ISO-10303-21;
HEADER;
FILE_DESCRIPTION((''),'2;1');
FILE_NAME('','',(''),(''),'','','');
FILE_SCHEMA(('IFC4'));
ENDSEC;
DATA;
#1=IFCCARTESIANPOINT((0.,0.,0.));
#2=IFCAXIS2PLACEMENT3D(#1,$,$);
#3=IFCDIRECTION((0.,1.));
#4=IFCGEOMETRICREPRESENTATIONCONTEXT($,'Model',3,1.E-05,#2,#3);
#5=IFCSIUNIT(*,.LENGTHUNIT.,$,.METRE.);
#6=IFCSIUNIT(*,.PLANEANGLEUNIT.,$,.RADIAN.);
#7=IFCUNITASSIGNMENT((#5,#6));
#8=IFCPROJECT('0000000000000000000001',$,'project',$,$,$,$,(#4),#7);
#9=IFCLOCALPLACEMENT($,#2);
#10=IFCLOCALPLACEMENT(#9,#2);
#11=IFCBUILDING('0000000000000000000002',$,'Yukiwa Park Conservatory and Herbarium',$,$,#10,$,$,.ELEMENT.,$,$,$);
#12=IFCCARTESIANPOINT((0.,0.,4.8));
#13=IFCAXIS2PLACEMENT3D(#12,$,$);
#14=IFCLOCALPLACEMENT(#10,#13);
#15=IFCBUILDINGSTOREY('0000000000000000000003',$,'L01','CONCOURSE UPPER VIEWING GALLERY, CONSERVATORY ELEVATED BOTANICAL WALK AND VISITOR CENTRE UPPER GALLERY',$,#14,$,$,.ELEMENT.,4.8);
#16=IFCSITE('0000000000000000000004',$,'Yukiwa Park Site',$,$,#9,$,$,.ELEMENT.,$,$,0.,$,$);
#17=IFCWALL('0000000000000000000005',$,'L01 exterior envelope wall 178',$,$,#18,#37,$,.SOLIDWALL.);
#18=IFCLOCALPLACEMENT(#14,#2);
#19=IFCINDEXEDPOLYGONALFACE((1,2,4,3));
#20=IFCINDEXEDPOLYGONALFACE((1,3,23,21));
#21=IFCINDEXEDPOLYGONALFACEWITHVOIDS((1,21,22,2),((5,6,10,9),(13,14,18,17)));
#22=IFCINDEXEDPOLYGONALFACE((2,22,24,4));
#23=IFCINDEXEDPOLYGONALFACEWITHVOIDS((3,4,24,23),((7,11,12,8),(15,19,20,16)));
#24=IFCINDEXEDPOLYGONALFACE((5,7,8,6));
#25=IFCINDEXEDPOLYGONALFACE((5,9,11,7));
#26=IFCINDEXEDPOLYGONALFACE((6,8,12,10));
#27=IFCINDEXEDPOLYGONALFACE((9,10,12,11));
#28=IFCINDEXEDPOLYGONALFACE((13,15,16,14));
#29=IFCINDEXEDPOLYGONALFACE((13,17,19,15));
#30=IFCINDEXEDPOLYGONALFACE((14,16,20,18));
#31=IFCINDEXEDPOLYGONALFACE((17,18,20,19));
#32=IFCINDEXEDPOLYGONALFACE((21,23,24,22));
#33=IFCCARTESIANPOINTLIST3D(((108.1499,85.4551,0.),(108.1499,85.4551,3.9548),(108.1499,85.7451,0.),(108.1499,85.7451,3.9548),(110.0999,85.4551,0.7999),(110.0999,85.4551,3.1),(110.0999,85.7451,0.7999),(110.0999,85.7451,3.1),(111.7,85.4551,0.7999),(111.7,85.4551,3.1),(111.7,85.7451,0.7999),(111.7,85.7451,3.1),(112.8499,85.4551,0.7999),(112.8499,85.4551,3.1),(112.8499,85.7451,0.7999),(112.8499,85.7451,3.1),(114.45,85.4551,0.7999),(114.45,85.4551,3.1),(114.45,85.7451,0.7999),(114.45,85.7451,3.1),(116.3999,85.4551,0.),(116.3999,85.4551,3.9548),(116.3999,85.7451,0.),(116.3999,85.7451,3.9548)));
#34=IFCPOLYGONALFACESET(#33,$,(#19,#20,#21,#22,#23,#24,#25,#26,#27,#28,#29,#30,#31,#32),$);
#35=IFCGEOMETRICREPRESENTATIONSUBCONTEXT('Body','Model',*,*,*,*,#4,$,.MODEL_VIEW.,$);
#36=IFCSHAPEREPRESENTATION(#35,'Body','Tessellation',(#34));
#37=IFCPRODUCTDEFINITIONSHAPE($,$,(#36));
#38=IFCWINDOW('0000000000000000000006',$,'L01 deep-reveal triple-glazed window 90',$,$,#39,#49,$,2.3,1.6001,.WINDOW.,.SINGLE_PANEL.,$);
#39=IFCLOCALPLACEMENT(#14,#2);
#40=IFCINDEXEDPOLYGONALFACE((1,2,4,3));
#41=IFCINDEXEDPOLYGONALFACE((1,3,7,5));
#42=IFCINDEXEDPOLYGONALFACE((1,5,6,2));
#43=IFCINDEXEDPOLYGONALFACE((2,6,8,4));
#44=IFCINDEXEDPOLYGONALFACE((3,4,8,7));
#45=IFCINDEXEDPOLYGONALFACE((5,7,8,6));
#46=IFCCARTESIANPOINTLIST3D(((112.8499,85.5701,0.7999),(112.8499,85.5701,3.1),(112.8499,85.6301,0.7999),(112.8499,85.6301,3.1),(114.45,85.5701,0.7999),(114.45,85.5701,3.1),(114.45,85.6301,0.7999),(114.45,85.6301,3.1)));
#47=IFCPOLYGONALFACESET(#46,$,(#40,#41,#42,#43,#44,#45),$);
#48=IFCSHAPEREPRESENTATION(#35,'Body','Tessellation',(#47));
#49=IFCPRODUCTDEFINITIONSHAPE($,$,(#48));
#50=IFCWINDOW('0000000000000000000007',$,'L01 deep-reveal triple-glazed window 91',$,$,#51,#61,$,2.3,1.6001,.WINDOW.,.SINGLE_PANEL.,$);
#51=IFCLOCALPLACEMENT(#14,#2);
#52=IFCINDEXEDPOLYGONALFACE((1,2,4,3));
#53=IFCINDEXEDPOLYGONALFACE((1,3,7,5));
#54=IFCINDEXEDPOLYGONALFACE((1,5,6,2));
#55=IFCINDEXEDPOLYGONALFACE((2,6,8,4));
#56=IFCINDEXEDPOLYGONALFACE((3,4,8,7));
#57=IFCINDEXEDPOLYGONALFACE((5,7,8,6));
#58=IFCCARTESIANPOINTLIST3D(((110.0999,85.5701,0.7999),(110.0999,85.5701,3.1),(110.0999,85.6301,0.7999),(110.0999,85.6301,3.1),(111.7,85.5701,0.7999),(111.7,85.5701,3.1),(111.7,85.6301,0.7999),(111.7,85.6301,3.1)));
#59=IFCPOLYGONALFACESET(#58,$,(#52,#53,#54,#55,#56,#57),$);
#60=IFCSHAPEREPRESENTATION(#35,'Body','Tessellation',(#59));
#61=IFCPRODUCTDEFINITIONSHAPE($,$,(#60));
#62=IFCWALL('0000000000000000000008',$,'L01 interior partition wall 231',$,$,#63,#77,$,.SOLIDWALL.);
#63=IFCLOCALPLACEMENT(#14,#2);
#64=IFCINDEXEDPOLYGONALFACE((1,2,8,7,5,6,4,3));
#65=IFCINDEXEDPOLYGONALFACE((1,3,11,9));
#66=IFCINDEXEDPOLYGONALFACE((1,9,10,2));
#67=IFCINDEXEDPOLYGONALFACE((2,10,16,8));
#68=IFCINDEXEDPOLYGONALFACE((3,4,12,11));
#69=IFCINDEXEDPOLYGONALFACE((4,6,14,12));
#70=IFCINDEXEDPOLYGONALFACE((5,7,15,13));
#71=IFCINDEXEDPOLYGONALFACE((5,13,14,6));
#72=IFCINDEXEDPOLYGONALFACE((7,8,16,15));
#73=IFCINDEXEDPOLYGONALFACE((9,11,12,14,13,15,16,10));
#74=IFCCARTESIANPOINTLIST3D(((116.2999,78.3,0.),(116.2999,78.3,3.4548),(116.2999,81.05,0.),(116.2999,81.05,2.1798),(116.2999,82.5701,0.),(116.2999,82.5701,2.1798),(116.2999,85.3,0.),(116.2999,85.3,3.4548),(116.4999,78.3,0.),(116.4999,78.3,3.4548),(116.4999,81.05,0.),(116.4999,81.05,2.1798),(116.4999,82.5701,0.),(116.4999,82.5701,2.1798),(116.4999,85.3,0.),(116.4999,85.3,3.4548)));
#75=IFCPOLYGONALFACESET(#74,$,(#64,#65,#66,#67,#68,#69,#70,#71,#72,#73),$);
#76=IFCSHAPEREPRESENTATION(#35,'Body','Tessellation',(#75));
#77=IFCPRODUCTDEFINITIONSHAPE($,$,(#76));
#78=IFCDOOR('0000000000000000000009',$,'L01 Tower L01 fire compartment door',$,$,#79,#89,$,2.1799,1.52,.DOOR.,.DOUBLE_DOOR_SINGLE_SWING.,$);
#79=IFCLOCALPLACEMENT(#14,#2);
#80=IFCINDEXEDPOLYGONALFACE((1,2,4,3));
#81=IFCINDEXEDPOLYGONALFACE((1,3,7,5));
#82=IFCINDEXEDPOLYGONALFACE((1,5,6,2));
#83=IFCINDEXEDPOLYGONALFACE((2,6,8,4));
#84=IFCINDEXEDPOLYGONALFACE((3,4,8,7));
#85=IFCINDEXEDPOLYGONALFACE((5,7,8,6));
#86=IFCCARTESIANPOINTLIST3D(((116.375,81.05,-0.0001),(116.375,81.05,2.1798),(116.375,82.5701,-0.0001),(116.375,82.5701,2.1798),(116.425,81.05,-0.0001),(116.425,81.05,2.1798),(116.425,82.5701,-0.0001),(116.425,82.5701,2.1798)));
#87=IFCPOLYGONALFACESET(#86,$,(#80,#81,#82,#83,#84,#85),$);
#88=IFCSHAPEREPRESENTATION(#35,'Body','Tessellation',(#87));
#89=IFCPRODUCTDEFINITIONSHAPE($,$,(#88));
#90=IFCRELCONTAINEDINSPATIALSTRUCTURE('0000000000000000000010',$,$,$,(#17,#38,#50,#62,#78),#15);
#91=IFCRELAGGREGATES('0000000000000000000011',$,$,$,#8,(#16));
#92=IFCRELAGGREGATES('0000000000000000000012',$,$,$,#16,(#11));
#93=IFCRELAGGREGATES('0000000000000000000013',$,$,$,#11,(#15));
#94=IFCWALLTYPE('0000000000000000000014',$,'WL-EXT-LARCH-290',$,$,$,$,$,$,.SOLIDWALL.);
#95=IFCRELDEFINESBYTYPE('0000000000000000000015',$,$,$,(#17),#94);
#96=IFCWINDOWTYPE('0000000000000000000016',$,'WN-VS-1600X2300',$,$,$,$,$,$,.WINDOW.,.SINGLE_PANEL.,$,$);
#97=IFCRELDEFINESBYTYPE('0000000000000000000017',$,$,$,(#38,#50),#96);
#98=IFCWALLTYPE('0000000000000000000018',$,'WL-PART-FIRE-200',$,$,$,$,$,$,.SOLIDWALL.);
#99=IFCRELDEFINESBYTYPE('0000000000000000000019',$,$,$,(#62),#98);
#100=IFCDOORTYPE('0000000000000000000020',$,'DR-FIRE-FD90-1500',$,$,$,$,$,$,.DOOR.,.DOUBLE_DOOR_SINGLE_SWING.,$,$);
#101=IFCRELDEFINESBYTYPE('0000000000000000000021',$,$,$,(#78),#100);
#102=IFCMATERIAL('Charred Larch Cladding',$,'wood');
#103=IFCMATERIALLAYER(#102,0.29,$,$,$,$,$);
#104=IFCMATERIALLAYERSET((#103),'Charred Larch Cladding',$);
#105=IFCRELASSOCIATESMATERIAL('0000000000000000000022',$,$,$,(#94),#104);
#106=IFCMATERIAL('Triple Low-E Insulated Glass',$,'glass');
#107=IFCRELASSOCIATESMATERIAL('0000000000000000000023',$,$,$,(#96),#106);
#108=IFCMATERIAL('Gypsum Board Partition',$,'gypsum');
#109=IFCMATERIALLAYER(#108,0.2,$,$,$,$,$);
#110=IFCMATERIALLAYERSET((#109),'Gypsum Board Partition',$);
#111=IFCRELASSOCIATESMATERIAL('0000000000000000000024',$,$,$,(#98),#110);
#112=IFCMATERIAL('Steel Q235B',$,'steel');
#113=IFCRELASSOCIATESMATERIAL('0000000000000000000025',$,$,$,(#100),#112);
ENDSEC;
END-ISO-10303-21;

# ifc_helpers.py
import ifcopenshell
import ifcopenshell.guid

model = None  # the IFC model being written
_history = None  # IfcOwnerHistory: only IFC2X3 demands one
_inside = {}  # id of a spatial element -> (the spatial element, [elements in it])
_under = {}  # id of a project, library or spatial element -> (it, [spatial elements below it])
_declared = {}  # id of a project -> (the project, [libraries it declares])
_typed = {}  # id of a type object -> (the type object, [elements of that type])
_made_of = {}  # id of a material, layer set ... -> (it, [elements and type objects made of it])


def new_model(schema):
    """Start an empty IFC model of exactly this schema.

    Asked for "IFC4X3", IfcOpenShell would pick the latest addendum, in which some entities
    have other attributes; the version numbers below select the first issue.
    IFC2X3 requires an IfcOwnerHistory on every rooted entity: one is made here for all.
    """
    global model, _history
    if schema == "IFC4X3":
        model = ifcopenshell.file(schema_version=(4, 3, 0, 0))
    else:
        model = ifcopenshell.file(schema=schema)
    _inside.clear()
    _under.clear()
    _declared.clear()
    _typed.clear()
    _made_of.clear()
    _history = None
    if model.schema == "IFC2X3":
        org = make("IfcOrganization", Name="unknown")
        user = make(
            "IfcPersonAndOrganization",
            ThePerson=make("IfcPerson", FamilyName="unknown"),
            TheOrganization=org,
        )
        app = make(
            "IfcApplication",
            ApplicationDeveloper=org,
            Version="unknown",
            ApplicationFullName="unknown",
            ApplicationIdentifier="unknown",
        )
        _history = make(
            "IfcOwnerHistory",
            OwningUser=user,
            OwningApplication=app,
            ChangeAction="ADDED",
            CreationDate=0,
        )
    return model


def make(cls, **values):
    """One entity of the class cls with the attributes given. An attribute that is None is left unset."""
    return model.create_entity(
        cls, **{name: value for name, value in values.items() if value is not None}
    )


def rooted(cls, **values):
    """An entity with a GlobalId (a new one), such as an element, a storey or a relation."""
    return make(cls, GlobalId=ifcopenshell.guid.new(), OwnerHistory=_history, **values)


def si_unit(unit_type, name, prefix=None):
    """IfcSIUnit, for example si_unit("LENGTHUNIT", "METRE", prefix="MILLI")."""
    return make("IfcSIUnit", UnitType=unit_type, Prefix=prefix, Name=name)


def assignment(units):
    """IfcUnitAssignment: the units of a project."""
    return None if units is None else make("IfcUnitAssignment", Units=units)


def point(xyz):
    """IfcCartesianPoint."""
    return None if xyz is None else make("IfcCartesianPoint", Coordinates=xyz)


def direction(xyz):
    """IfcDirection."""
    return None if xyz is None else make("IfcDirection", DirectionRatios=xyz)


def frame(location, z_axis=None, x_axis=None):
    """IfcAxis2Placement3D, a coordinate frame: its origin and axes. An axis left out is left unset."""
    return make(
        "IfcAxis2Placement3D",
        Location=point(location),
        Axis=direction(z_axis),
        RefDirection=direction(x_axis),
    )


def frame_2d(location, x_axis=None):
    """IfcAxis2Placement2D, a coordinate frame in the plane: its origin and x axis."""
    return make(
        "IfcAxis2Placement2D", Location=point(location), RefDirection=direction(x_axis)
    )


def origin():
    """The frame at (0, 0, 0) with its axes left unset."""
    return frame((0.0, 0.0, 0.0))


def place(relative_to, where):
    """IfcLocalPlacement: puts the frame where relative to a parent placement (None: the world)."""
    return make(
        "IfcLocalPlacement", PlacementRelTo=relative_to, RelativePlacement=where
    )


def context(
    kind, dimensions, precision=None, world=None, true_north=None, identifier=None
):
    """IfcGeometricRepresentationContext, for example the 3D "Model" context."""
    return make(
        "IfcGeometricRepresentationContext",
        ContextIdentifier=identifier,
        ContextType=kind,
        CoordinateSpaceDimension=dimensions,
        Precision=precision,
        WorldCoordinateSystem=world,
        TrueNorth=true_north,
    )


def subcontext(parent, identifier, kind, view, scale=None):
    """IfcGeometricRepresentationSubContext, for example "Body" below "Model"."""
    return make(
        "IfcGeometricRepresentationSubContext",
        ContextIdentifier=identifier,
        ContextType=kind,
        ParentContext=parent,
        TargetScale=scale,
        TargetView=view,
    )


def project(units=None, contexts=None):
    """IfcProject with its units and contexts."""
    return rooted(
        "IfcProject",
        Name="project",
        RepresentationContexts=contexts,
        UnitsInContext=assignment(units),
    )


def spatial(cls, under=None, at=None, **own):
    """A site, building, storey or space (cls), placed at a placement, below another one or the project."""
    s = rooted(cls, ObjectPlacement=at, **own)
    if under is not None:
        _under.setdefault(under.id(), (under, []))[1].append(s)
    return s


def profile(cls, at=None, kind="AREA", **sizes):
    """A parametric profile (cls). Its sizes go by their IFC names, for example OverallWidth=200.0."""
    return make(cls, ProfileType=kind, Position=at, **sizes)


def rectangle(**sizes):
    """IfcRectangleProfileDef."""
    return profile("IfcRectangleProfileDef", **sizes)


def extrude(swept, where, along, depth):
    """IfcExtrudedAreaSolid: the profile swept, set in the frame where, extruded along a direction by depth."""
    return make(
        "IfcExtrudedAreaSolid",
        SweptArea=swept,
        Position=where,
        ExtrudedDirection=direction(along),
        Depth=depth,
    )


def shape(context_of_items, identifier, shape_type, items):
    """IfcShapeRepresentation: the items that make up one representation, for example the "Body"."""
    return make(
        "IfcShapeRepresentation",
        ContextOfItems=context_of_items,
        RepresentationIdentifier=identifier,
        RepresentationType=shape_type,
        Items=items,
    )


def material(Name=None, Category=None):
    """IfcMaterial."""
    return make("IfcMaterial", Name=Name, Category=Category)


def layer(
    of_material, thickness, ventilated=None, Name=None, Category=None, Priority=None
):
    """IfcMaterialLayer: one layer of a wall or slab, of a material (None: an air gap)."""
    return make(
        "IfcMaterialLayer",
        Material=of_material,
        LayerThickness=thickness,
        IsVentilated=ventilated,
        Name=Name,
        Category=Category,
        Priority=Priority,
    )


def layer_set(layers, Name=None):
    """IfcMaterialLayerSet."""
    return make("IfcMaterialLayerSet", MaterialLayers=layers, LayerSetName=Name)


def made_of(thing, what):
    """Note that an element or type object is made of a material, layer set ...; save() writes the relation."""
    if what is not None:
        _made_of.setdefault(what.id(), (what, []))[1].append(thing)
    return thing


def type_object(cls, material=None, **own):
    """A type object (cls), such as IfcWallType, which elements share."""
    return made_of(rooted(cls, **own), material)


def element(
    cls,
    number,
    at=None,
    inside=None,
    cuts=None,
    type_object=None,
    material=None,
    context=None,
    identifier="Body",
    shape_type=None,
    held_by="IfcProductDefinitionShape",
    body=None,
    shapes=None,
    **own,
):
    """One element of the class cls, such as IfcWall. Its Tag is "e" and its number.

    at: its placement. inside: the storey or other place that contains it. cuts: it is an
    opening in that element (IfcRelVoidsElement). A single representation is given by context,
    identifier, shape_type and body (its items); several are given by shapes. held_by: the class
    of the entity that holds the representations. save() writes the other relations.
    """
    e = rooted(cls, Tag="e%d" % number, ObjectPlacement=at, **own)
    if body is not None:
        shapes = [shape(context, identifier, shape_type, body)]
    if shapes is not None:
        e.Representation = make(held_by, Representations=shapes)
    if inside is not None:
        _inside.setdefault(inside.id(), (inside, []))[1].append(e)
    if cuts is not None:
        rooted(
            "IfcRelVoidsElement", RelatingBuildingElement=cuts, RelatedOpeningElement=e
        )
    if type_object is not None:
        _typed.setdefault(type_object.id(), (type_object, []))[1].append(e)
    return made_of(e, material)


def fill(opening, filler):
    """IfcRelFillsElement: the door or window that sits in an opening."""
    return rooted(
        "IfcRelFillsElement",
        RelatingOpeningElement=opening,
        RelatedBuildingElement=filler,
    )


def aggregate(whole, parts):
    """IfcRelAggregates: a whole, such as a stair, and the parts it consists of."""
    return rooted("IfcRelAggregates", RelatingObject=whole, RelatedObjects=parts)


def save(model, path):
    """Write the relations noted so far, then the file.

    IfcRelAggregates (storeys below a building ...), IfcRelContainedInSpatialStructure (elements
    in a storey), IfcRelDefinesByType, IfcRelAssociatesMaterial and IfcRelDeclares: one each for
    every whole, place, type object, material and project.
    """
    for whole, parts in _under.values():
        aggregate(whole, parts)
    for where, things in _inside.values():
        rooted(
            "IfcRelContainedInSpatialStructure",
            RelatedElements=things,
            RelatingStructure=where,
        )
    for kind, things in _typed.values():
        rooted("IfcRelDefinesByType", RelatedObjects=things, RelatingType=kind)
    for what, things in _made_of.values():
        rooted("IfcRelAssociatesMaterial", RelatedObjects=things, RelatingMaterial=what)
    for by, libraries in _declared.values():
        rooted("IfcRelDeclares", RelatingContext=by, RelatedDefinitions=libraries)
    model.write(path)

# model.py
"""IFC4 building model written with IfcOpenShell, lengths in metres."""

from ifc_helpers import new_model, si_unit, direction, frame, frame_2d, origin, place, context, subcontext, project, spatial, rectangle, extrude, material, layer, layer_set, type_object, element, fill, save


model = new_model("IFC4")

# Units and contexts
model_context = context("Model", 3, precision=1e-05, world=origin(), true_north=direction((0.0, 1.0)))
body_context = subcontext(model_context, "Body", "Model", "MODEL_VIEW")
ifc_project = project(units=[si_unit("LENGTHUNIT", "METRE"), si_unit("PLANEANGLEUNIT", "RADIAN")], contexts=[model_context])

# Site, building, storey
site_placement = place(None, origin())
site = spatial("IfcSite", under=ifc_project, at=site_placement, Name="Yukiwa Park Site", CompositionType="ELEMENT", RefElevation=0.0)
building_placement = place(site_placement, origin())
building = spatial("IfcBuilding", under=site, at=building_placement, Name="Yukiwa Park Conservatory and Herbarium", CompositionType="ELEMENT")
storey_placement = place(building_placement, frame((0.0, 0.0, 4.8)))
storey = spatial("IfcBuildingStorey", under=building, at=storey_placement, Name="L01", Description="CONCOURSE UPPER VIEWING GALLERY, CONSERVATORY ELEVATED BOTANICAL WALK AND VISITOR CENTRE UPPER GALLERY", CompositionType="ELEMENT", Elevation=4.8)

# Wall, openings, windows
ifc_material_1 = material(Name="Charred Larch Cladding", Category="wood")
ifc_layer_1 = layer(ifc_material_1, 0.29)
ifc_layer_set_1 = layer_set([ifc_layer_1], Name="Charred Larch Cladding")
wall_type_1 = type_object("IfcWallType", Name="WL-EXT-LARCH-290", PredefinedType="SOLIDWALL", material=ifc_layer_set_1)
wall_1_placement = place(storey_placement, frame((116.3999, 85.6001, 0.0), z_axis=(0.0, 0.0, 1.0), x_axis=(-1.0, 0.0, 0.0)))
wall_1 = element("IfcWall", 1, at=wall_1_placement, inside=storey, type_object=wall_type_1, Name="L01 exterior envelope wall 178", PredefinedType="SOLIDWALL", context=body_context, shape_type="SweptSolid", body=[
    extrude(rectangle(XDim=8.25, YDim=0.29, at=frame_2d((4.125, 0.0))), origin(), (0.0, 0.0, 1.0), 3.9548),
])
opening_1_placement = place(wall_1_placement, frame((1.95, 0.0, 0.8)))
opening_1 = element("IfcOpeningElement", 2, at=opening_1_placement, cuts=wall_1, PredefinedType="OPENING", context=body_context, shape_type="SweptSolid", body=[
    extrude(rectangle(XDim=1.6001, YDim=2.3, at=frame_2d((0.8, 1.1499))), frame((0.0, 0.155, 0.0), z_axis=(0.0, -1.0, 0.0), x_axis=(1.0, 0.0, 0.0)), (0.0, 0.0, 1.0), 0.3101),
])
opening_2_placement = place(wall_1_placement, frame((4.7, 0.0, 0.8)))
opening_2 = element("IfcOpeningElement", 3, at=opening_2_placement, cuts=wall_1, PredefinedType="OPENING", context=body_context, shape_type="SweptSolid", body=[
    extrude(rectangle(XDim=1.6001, YDim=2.3, at=frame_2d((0.8, 1.1499))), frame((0.0, 0.155, 0.0), z_axis=(0.0, -1.0, 0.0), x_axis=(1.0, 0.0, 0.0)), (0.0, 0.0, 1.0), 0.3101),
])
ifc_material_2 = material(Name="Triple Low-E Insulated Glass", Category="glass")
window_type_1 = type_object("IfcWindowType", Name="WN-VS-1600X2300", PartitioningType="SINGLE_PANEL", PredefinedType="WINDOW", material=ifc_material_2)
window_1_placement = place(opening_1_placement, origin())
window_1 = element("IfcWindow", 4, at=window_1_placement, inside=storey, type_object=window_type_1, Name="L01 deep-reveal triple-glazed window 90", OverallHeight=2.3, OverallWidth=1.6001, PartitioningType="SINGLE_PANEL", PredefinedType="WINDOW", context=body_context, shape_type="SweptSolid", body=[
    extrude(rectangle(XDim=1.6001, YDim=2.3, at=frame_2d((0.8, 1.1499))), frame((0.0, 0.03, 0.0), z_axis=(0.0, -1.0, 0.0), x_axis=(1.0, 0.0, 0.0)), (0.0, 0.0, 1.0), 0.0601),
])
fill(opening_1, window_1)
window_2_placement = place(opening_2_placement, origin())
window_2 = element("IfcWindow", 5, at=window_2_placement, inside=storey, type_object=window_type_1, Name="L01 deep-reveal triple-glazed window 91", OverallHeight=2.3, OverallWidth=1.6001, PartitioningType="SINGLE_PANEL", PredefinedType="WINDOW", context=body_context, shape_type="SweptSolid", body=[
    extrude(rectangle(XDim=1.6001, YDim=2.3, at=frame_2d((0.8, 1.1499))), frame((0.0, 0.03, 0.0), z_axis=(0.0, -1.0, 0.0), x_axis=(1.0, 0.0, 0.0)), (0.0, 0.0, 1.0), 0.0601),
])
fill(opening_2, window_2)

# Wall, opening, door
ifc_material_3 = material(Name="Gypsum Board Partition", Category="gypsum")
ifc_layer_2 = layer(ifc_material_3, 0.2)
ifc_layer_set_2 = layer_set([ifc_layer_2], Name="Gypsum Board Partition")
wall_type_2 = type_object("IfcWallType", Name="WL-PART-FIRE-200", PredefinedType="SOLIDWALL", material=ifc_layer_set_2)
wall_2_placement = place(storey_placement, frame((116.3999, 78.3, 0.0), z_axis=(0.0, 0.0, 1.0), x_axis=(0.0, 1.0, 0.0)))
wall_2 = element("IfcWall", 6, at=wall_2_placement, inside=storey, type_object=wall_type_2, Name="L01 interior partition wall 231", PredefinedType="SOLIDWALL", context=body_context, shape_type="SweptSolid", body=[
    extrude(rectangle(XDim=7.0, YDim=0.2, at=frame_2d((3.5, 0.0))), origin(), (0.0, 0.0, 1.0), 3.4548),
])
opening_3_placement = place(wall_2_placement, frame((2.75, 0.0, 0.0)))
opening_3 = element("IfcOpeningElement", 7, at=opening_3_placement, cuts=wall_2, PredefinedType="OPENING", context=body_context, shape_type="SweptSolid", body=[
    extrude(rectangle(XDim=1.52, YDim=2.1799, at=frame_2d((0.76, 1.0898))), frame((0.0, 0.1099, 0.0), z_axis=(0.0, -1.0, 0.0), x_axis=(1.0, 0.0, 0.0)), (0.0, 0.0, 1.0), 0.22),
])
ifc_material_4 = material(Name="Steel Q235B", Category="steel")
door_type = type_object("IfcDoorType", Name="DR-FIRE-FD90-1500", OperationType="DOUBLE_DOOR_SINGLE_SWING", PredefinedType="DOOR", material=ifc_material_4)
door_placement = place(opening_3_placement, origin())
door = element("IfcDoor", 8, at=door_placement, inside=storey, type_object=door_type, Name="L01 Tower L01 fire compartment door", OperationType="DOUBLE_DOOR_SINGLE_SWING", OverallHeight=2.1799, OverallWidth=1.52, PredefinedType="DOOR", context=body_context, shape_type="SweptSolid", body=[
    extrude(rectangle(XDim=1.52, YDim=2.1799, at=frame_2d((0.76, 1.0898))), frame((0.0, 0.0249, 0.0), z_axis=(0.0, -1.0, 0.0), x_axis=(1.0, 0.0, 0.0)), (0.0, 0.0, 1.0), 0.05),
])
fill(opening_3, door)

save(model, "model.ifc")
